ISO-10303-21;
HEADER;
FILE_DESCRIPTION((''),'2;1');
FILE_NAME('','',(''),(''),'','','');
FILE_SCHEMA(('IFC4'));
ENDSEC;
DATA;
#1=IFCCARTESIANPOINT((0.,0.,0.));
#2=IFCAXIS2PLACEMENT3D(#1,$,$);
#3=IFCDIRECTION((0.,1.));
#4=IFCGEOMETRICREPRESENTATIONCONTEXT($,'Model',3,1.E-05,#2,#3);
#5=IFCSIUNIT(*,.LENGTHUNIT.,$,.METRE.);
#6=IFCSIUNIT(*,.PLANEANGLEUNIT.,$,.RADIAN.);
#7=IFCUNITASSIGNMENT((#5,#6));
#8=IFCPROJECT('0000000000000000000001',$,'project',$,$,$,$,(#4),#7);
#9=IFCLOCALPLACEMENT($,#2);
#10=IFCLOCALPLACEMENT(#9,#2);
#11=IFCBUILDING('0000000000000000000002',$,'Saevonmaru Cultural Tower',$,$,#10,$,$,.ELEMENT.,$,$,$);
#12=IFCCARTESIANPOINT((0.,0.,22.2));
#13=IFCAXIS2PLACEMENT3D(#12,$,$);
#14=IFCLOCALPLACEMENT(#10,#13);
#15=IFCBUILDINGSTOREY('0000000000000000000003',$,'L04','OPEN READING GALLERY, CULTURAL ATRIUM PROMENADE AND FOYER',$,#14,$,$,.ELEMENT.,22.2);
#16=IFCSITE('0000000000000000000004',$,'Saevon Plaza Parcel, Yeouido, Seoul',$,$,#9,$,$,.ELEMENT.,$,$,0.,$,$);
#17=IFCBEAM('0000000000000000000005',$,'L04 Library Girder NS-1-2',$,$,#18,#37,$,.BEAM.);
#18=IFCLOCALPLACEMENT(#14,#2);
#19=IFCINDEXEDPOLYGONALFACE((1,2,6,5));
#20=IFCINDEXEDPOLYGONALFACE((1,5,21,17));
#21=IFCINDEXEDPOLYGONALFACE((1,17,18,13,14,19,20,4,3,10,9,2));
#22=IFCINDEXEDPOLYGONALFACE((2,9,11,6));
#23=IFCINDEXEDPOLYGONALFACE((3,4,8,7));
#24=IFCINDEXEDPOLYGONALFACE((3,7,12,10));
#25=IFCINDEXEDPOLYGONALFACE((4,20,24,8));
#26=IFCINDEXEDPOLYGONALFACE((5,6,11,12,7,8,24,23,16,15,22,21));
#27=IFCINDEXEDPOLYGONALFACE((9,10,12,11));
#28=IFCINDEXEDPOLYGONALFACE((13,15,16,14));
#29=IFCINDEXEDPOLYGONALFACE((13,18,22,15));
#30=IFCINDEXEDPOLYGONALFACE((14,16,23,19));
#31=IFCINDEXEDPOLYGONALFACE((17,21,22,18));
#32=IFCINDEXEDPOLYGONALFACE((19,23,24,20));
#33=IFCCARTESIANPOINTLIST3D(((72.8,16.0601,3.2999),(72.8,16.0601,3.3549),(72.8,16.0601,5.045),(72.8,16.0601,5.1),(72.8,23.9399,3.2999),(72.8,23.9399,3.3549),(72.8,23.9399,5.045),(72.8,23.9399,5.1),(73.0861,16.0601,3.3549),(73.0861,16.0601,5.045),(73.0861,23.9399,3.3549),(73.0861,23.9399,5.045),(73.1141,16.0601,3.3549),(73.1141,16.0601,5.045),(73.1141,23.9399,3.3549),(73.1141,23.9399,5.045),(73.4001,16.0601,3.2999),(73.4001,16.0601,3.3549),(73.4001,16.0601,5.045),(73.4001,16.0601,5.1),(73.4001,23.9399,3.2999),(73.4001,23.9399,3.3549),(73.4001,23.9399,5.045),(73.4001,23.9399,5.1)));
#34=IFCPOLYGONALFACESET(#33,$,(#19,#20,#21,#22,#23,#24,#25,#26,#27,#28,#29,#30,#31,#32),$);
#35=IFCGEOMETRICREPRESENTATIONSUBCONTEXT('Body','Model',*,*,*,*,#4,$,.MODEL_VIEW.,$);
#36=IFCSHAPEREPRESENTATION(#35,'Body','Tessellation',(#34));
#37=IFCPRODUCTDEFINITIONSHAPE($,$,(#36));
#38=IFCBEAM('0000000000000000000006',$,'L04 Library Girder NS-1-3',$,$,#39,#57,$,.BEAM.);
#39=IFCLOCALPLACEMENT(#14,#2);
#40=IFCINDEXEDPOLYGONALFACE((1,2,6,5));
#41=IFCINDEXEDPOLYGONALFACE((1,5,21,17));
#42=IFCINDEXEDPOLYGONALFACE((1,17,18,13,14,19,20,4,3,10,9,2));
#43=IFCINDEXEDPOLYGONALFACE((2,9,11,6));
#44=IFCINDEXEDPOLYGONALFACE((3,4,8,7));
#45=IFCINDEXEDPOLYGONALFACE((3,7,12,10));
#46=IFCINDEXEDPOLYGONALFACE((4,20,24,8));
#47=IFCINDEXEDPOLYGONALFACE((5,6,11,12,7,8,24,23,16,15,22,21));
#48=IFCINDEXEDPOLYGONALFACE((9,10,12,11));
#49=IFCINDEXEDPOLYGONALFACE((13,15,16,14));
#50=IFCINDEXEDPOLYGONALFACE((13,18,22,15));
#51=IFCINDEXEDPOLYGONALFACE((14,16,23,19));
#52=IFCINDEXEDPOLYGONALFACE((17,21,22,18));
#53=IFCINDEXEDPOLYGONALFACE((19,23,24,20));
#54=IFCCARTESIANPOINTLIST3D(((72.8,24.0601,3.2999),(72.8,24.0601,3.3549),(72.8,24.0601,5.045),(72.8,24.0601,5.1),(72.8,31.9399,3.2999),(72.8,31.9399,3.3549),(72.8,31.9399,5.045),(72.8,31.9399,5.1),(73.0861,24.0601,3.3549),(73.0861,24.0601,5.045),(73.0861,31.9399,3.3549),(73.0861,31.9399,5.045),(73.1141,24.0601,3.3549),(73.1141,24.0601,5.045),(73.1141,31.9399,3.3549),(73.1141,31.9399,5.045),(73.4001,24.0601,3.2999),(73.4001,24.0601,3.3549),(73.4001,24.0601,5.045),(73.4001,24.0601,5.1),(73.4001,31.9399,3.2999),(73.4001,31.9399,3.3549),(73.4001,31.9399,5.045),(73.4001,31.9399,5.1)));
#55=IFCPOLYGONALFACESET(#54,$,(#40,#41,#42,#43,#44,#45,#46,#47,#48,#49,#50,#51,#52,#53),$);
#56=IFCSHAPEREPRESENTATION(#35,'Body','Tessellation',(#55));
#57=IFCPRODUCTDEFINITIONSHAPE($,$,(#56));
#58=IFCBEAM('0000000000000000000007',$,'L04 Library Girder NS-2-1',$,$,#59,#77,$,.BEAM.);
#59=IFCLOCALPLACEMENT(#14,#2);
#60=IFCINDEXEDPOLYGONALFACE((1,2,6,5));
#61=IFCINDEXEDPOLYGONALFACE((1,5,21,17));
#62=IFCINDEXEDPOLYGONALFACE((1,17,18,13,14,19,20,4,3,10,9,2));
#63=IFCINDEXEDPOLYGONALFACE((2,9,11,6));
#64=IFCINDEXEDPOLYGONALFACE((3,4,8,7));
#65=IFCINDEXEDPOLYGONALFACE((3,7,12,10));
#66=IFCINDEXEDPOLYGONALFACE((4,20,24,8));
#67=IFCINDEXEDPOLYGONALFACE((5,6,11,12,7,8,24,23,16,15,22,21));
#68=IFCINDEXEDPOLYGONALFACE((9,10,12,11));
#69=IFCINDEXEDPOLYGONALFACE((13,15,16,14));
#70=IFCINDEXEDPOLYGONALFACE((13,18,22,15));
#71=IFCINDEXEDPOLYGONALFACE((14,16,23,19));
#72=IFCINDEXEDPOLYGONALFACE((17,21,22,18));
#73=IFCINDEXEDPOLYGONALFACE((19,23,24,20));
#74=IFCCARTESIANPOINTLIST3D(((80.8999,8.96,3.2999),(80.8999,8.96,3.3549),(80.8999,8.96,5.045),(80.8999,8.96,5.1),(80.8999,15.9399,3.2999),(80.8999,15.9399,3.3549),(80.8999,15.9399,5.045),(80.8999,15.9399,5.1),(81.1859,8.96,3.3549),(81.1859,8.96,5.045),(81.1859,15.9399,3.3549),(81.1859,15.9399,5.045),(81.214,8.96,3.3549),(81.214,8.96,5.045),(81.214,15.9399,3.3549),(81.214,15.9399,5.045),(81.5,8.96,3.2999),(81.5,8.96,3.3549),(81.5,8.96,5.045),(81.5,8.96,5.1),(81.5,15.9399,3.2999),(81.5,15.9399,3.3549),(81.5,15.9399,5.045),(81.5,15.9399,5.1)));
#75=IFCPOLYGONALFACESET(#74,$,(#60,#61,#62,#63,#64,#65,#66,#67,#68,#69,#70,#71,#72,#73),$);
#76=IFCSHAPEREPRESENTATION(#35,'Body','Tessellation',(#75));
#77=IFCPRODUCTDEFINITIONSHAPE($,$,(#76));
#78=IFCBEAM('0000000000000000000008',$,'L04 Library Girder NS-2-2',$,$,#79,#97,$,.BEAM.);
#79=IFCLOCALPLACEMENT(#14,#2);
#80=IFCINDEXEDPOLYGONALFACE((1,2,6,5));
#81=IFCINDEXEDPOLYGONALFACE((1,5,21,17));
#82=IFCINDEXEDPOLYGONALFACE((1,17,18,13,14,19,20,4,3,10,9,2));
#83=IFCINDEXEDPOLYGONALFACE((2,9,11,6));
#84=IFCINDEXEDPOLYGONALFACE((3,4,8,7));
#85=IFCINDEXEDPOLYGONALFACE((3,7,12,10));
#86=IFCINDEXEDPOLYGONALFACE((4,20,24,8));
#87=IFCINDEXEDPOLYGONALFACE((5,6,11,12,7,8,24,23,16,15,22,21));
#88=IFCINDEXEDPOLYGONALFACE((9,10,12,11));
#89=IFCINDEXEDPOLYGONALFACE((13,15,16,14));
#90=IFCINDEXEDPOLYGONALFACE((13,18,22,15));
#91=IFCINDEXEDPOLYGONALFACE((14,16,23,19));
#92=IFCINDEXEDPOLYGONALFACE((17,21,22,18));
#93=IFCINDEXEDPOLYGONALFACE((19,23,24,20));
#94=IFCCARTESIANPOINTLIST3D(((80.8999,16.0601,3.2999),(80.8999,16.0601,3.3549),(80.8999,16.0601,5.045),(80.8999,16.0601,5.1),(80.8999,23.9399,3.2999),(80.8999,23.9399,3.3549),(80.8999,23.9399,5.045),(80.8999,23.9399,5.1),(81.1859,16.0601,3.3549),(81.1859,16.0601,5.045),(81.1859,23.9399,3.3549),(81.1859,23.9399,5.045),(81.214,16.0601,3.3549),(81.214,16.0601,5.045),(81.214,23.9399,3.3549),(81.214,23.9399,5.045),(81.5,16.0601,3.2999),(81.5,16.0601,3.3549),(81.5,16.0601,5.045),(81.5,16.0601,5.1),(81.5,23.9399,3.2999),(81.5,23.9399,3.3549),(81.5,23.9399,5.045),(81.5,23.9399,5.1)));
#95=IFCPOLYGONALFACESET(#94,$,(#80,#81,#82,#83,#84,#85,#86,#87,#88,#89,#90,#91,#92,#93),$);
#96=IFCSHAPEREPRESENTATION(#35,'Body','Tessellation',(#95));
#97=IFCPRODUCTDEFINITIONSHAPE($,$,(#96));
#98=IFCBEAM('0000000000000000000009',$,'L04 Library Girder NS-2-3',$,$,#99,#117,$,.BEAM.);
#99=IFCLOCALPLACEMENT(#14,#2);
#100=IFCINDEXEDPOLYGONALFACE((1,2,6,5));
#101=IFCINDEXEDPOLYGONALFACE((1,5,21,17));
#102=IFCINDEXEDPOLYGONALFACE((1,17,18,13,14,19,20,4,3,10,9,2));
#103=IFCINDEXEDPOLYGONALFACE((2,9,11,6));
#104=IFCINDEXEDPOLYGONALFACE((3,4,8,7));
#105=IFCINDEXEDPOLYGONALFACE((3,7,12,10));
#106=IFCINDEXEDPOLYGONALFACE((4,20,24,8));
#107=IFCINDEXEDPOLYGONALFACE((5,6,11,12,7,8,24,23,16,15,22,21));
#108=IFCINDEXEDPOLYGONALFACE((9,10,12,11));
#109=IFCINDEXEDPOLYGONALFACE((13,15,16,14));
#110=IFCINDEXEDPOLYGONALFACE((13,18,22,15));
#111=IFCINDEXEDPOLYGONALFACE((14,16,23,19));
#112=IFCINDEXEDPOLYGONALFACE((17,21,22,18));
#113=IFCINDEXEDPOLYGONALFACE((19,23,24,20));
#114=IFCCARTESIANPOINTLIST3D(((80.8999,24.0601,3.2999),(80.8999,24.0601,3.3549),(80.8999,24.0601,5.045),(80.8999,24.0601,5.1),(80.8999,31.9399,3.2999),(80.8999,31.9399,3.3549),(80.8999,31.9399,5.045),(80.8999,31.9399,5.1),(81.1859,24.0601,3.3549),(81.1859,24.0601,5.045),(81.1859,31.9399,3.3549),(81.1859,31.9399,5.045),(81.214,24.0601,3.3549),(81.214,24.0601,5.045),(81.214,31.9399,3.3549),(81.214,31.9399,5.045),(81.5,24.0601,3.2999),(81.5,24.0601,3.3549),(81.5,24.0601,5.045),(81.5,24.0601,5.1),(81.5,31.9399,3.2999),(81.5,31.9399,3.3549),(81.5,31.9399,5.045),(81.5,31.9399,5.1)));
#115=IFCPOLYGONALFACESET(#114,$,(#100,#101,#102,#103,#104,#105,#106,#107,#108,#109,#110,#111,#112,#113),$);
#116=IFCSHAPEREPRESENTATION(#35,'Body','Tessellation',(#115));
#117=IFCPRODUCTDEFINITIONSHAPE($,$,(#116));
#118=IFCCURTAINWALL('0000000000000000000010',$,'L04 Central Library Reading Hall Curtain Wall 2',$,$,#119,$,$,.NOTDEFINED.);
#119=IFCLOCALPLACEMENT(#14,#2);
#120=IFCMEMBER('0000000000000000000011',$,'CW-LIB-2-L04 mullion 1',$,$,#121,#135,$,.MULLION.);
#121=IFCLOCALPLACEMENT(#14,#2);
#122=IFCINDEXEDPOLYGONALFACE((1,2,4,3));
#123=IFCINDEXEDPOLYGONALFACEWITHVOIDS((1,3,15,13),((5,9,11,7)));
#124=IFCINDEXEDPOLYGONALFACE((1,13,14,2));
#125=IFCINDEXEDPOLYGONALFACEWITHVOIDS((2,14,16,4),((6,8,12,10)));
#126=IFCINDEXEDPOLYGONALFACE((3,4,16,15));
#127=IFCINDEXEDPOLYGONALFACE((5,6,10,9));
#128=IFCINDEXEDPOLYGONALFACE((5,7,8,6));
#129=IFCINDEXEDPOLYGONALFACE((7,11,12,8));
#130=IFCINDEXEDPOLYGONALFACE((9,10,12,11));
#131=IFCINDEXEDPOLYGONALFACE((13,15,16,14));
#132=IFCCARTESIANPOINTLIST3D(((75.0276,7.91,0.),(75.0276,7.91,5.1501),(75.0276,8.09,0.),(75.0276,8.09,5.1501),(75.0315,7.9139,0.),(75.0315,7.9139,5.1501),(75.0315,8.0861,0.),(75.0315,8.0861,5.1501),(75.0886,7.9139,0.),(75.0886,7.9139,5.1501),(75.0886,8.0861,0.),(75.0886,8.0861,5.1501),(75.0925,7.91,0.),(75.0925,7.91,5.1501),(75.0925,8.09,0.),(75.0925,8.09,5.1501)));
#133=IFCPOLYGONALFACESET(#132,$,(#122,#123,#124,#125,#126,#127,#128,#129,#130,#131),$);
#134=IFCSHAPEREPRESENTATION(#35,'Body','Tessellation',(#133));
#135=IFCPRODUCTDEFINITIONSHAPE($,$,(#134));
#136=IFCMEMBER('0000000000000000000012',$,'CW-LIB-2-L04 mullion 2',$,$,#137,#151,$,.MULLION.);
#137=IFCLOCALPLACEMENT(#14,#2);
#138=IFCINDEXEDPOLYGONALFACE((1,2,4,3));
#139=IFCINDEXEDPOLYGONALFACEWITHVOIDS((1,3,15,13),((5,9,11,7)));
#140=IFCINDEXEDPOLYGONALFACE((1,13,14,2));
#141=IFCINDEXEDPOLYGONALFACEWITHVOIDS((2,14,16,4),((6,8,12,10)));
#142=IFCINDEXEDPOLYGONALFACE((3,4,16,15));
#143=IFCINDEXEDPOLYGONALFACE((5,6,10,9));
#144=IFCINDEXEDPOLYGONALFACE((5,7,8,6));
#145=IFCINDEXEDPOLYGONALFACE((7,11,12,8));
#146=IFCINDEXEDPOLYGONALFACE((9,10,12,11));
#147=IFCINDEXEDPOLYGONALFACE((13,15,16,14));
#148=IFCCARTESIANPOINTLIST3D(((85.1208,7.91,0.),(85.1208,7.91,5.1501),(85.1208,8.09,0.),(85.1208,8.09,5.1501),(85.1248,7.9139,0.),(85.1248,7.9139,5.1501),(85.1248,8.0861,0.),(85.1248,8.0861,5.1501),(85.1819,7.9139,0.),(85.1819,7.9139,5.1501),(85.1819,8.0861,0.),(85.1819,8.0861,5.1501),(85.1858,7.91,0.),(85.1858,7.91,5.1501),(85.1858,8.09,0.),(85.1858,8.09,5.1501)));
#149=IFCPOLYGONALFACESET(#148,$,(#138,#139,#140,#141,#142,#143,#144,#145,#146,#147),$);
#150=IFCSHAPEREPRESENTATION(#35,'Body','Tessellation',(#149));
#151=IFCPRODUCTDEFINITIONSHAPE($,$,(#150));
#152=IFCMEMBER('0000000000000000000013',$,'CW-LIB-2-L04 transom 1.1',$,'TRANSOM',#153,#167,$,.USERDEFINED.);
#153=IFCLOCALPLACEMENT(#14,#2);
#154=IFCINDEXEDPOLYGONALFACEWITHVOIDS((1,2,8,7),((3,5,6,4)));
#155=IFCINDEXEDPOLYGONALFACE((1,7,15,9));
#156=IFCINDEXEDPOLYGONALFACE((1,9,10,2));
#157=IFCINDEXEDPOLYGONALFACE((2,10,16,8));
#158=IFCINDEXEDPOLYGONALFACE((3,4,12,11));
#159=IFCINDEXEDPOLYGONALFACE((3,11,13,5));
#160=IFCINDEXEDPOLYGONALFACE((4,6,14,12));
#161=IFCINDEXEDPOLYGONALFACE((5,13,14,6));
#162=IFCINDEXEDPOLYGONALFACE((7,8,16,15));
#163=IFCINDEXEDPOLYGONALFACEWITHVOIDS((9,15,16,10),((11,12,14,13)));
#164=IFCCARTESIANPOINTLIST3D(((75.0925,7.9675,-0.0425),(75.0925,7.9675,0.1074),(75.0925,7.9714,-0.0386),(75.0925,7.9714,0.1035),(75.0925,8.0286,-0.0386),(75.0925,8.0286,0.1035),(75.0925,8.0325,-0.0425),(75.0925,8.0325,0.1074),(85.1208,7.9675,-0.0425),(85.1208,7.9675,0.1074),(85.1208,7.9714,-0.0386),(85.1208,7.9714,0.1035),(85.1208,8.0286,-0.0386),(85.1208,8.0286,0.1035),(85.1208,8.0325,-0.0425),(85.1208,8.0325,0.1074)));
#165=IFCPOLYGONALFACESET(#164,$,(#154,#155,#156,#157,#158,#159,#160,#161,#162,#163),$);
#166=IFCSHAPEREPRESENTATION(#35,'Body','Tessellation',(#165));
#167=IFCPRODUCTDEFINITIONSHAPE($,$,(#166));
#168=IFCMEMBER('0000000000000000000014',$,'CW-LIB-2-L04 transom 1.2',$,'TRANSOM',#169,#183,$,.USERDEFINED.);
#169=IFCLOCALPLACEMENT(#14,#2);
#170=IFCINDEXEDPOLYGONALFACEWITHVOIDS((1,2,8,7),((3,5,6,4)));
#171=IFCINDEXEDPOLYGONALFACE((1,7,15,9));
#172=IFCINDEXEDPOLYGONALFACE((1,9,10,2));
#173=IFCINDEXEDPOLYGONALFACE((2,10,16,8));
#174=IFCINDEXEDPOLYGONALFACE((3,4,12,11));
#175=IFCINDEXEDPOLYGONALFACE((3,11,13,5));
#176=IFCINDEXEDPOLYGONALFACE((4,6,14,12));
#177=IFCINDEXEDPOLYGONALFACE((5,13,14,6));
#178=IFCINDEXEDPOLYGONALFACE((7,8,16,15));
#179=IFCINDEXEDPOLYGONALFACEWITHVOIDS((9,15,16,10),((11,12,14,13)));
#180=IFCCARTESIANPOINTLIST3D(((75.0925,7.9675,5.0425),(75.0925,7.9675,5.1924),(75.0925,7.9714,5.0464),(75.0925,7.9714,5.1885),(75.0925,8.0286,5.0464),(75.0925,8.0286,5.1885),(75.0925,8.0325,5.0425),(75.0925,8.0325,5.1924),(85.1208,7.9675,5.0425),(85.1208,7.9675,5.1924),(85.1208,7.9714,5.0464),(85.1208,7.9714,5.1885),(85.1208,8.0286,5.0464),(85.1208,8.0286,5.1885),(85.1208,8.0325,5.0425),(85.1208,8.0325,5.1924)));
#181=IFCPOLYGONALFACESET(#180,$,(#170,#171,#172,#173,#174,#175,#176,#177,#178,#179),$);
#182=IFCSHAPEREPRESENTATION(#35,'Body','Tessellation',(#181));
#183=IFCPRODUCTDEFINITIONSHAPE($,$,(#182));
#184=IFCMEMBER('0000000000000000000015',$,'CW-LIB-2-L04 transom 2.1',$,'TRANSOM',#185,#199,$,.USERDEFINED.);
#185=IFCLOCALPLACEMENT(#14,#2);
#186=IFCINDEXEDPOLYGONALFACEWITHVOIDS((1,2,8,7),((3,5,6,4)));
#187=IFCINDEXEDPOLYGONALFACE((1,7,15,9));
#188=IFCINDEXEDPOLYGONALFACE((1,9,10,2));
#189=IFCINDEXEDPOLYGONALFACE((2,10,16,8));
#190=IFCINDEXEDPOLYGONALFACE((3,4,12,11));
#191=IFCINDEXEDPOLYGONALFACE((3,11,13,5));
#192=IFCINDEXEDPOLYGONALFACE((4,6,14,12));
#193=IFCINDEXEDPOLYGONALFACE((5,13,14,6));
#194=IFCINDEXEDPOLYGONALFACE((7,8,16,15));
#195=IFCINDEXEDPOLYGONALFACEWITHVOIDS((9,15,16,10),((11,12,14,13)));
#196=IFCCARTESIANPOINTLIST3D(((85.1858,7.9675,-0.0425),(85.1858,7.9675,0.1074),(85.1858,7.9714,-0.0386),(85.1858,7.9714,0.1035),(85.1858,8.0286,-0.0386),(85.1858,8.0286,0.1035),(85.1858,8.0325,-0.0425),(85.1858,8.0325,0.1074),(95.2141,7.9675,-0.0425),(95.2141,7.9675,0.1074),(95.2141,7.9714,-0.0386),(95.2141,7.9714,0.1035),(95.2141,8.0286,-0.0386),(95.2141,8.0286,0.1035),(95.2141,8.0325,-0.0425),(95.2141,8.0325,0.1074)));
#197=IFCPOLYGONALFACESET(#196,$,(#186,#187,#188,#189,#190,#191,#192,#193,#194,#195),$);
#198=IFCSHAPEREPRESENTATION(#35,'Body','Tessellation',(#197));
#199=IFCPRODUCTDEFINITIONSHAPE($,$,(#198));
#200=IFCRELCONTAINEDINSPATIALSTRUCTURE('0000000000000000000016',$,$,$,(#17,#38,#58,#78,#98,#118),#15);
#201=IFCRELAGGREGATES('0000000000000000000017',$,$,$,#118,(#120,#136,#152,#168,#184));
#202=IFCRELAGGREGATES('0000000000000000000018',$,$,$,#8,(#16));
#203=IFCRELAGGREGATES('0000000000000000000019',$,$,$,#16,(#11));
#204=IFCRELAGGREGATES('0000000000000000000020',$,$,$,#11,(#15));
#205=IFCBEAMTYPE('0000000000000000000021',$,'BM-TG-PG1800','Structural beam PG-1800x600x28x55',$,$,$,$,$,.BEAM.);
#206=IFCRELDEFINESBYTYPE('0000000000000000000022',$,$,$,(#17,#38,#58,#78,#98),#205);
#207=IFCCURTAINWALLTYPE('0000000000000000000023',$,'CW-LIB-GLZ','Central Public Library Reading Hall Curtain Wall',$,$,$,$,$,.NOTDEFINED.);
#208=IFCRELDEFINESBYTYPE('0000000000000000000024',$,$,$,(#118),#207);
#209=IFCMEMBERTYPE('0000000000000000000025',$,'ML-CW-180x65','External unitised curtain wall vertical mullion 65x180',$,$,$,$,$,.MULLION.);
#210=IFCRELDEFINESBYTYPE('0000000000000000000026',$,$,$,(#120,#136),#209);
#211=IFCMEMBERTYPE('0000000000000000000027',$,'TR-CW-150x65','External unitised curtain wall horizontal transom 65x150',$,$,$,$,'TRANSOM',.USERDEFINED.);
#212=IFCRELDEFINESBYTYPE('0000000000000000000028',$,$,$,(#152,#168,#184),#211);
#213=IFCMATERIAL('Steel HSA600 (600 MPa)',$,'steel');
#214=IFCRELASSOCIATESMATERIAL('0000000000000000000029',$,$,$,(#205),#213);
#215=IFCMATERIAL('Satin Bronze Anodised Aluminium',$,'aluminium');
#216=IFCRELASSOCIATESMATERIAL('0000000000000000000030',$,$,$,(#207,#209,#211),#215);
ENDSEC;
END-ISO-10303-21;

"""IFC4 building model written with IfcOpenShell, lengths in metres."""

from ifc_helpers import new_model, si_unit, direction, frame, origin, origin_2d, place, context, subcontext, project, spatial, hollow_rectangle, i_section, extrude, material, material_profile, profile_set, type_object, element, aggregate, save


model = new_model("IFC4")

# Units and contexts
model_context = context("Model", 3, precision=1e-05, world=origin(), true_north=direction((0.0, 1.0)))
body_context = subcontext(model_context, "Body", "Model", "MODEL_VIEW")
ifc_project = project(units=[si_unit("LENGTHUNIT", "METRE"), si_unit("PLANEANGLEUNIT", "RADIAN")], contexts=[model_context])

# Site, building, storey
site_placement = place(None, origin())
site = spatial("IfcSite", under=ifc_project, at=site_placement, Name="Saevon Plaza Parcel, Yeouido, Seoul", CompositionType="ELEMENT", RefElevation=0.0)
building_placement = place(site_placement, origin())
building = spatial("IfcBuilding", under=site, at=building_placement, Name="Saevonmaru Cultural Tower", CompositionType="ELEMENT")
storey_placement = place(building_placement, frame((0.0, 0.0, 22.2)))
storey = spatial("IfcBuildingStorey", under=building, at=storey_placement, Name="L04", Description="OPEN READING GALLERY, CULTURAL ATRIUM PROMENADE AND FOYER", CompositionType="ELEMENT", Elevation=22.2)

# Beams
ifc_material_1 = material(Name="Steel HSA600 (600 MPa)", Category="steel")
ifc_material_profile_1 = material_profile(ifc_material_1, i_section(OverallWidth=0.6001, OverallDepth=1.8, WebThickness=0.0281, FlangeThickness=0.0549, at=origin_2d()), Name="PG-1800x600x28x55")
ifc_profile_set_1 = profile_set([ifc_material_profile_1], Name="Steel HSA600 (600 MPa)")
beam_type_1 = type_object("IfcBeamType", Name="BM-TG-PG1800", Description="Structural beam PG-1800x600x28x55", PredefinedType="BEAM", material=ifc_profile_set_1)
for number, where, z_axis, x_axis, name in (
    (1, (73.1001, 16.0601, 4.2), (0.0, 1.0, 0.0), (-1.0, 0.0, 0.0), "L04 Library Girder NS-1-2"),
    (2, (73.1001, 24.0601, 4.2), (0.0, 1.0, 0.0), (-1.0, 0.0, 0.0), "L04 Library Girder NS-1-3"),
):
    element("IfcBeam", number, at=place(storey_placement, frame(where, z_axis=z_axis, x_axis=x_axis)), inside=storey, type_object=beam_type_1, Name=name, PredefinedType="BEAM", context=body_context, shape_type="SweptSolid", body=[
        extrude(i_section(OverallWidth=0.6001, OverallDepth=1.8, WebThickness=0.0281, FlangeThickness=0.0549, at=origin_2d()), origin(), (0.0, 0.0, 1.0), 7.8799),
    ])
beam_1_placement = place(storey_placement, frame((81.2, 8.96, 4.2), z_axis=(0.0, 1.0, 0.0), x_axis=(-1.0, 0.0, 0.0)))
element("IfcBeam", 3, at=beam_1_placement, inside=storey, type_object=beam_type_1, Name="L04 Library Girder NS-2-1", PredefinedType="BEAM", context=body_context, shape_type="SweptSolid", body=[
    extrude(i_section(OverallWidth=0.6001, OverallDepth=1.8, WebThickness=0.0281, FlangeThickness=0.0549, at=origin_2d()), origin(), (0.0, 0.0, 1.0), 6.98),
])
for number, where, z_axis, x_axis, name in (
    (4, (81.2, 16.0601, 4.2), (0.0, 1.0, 0.0), (-1.0, 0.0, 0.0), "L04 Library Girder NS-2-2"),
    (5, (81.2, 24.0601, 4.2), (0.0, 1.0, 0.0), (-1.0, 0.0, 0.0), "L04 Library Girder NS-2-3"),
):
    element("IfcBeam", number, at=place(storey_placement, frame(where, z_axis=z_axis, x_axis=x_axis)), inside=storey, type_object=beam_type_1, Name=name, PredefinedType="BEAM", context=body_context, shape_type="SweptSolid", body=[
        extrude(i_section(OverallWidth=0.6001, OverallDepth=1.8, WebThickness=0.0281, FlangeThickness=0.0549, at=origin_2d()), origin(), (0.0, 0.0, 1.0), 7.8799),
    ])

# Curtain wall, members
ifc_material_2 = material(Name="Satin Bronze Anodised Aluminium", Category="aluminium")
curtain_wall_type = type_object("IfcCurtainWallType", Name="CW-LIB-GLZ", Description="Central Public Library Reading Hall Curtain Wall", PredefinedType="NOTDEFINED", material=ifc_material_2)
curtain_wall_1_placement = place(storey_placement, origin())
curtain_wall_1 = element("IfcCurtainWall", 6, at=curtain_wall_1_placement, inside=storey, type_object=curtain_wall_type, Name="L04 Central Library Reading Hall Curtain Wall 2", PredefinedType="NOTDEFINED")
ifc_material_profile_2 = material_profile(ifc_material_2, hollow_rectangle(XDim=0.0649, YDim=0.1799, WallThickness=0.0039, at=origin_2d()), Name="ALU-MULL-180x65x4")
ifc_profile_set_2 = profile_set([ifc_material_profile_2], Name="Satin Bronze Anodised Aluminium")
member_type_1 = type_object("IfcMemberType", Name="ML-CW-180x65", Description="External unitised curtain wall vertical mullion 65x180", PredefinedType="MULLION", material=ifc_profile_set_2)
member_1_placement = place(storey_placement, frame((75.0601, 8.0, 0.0), z_axis=(0.0, 0.0, 1.0), x_axis=(1.0, 0.0, 0.0)))
member_1 = element("IfcMember", 7, at=member_1_placement, type_object=member_type_1, Name="CW-LIB-2-L04 mullion 1", PredefinedType="MULLION", context=body_context, shape_type="SweptSolid", body=[
    extrude(hollow_rectangle(XDim=0.0649, YDim=0.1799, WallThickness=0.0039, at=origin_2d()), origin(), (0.0, 0.0, 1.0), 5.1501),
])
member_2_placement = place(storey_placement, frame((85.1533, 8.0, 0.0), z_axis=(0.0, 0.0, 1.0), x_axis=(1.0, 0.0, 0.0)))
member_2 = element("IfcMember", 8, at=member_2_placement, type_object=member_type_1, Name="CW-LIB-2-L04 mullion 2", PredefinedType="MULLION", context=body_context, shape_type="SweptSolid", body=[
    extrude(hollow_rectangle(XDim=0.0649, YDim=0.1799, WallThickness=0.0039, at=origin_2d()), origin(), (0.0, 0.0, 1.0), 5.1501),
])
ifc_material_profile_3 = material_profile(ifc_material_2, hollow_rectangle(XDim=0.0649, YDim=0.1499, WallThickness=0.0039, at=origin_2d()), Name="ALU-TRAN-150x65x4")
ifc_profile_set_3 = profile_set([ifc_material_profile_3], Name="Satin Bronze Anodised Aluminium")
member_type_2 = type_object("IfcMemberType", Name="TR-CW-150x65", Description="External unitised curtain wall horizontal transom 65x150", ElementType="TRANSOM", PredefinedType="USERDEFINED", material=ifc_profile_set_3)
member_3_placement = place(storey_placement, frame((75.0925, 8.0, 0.0325), z_axis=(1.0, 0.0, 0.0), x_axis=(0.0, 1.0, 0.0)))
member_3 = element("IfcMember", 9, at=member_3_placement, type_object=member_type_2, Name="CW-LIB-2-L04 transom 1.1", ObjectType="TRANSOM", PredefinedType="USERDEFINED", context=body_context, shape_type="SweptSolid", body=[
    extrude(hollow_rectangle(XDim=0.0649, YDim=0.1499, WallThickness=0.0039, at=origin_2d()), origin(), (0.0, 0.0, 1.0), 10.0283),
])
member_4_placement = place(storey_placement, frame((75.0925, 8.0, 5.1174), z_axis=(1.0, 0.0, 0.0), x_axis=(0.0, 1.0, 0.0)))
member_4 = element("IfcMember", 10, at=member_4_placement, type_object=member_type_2, Name="CW-LIB-2-L04 transom 1.2", ObjectType="TRANSOM", PredefinedType="USERDEFINED", context=body_context, shape_type="SweptSolid", body=[
    extrude(hollow_rectangle(XDim=0.0649, YDim=0.1499, WallThickness=0.0039, at=origin_2d()), origin(), (0.0, 0.0, 1.0), 10.0283),
])
member_5_placement = place(storey_placement, frame((85.1858, 8.0, 0.0325), z_axis=(1.0, 0.0, 0.0), x_axis=(0.0, 1.0, 0.0)))
member_5 = element("IfcMember", 11, at=member_5_placement, type_object=member_type_2, Name="CW-LIB-2-L04 transom 2.1", ObjectType="TRANSOM", PredefinedType="USERDEFINED", context=body_context, shape_type="SweptSolid", body=[
    extrude(hollow_rectangle(XDim=0.0649, YDim=0.1499, WallThickness=0.0039, at=origin_2d()), origin(), (0.0, 0.0, 1.0), 10.0283),
])

aggregate(curtain_wall_1, [member_1, member_2, member_3, member_4, member_5])

save(model, "model.ifc")
